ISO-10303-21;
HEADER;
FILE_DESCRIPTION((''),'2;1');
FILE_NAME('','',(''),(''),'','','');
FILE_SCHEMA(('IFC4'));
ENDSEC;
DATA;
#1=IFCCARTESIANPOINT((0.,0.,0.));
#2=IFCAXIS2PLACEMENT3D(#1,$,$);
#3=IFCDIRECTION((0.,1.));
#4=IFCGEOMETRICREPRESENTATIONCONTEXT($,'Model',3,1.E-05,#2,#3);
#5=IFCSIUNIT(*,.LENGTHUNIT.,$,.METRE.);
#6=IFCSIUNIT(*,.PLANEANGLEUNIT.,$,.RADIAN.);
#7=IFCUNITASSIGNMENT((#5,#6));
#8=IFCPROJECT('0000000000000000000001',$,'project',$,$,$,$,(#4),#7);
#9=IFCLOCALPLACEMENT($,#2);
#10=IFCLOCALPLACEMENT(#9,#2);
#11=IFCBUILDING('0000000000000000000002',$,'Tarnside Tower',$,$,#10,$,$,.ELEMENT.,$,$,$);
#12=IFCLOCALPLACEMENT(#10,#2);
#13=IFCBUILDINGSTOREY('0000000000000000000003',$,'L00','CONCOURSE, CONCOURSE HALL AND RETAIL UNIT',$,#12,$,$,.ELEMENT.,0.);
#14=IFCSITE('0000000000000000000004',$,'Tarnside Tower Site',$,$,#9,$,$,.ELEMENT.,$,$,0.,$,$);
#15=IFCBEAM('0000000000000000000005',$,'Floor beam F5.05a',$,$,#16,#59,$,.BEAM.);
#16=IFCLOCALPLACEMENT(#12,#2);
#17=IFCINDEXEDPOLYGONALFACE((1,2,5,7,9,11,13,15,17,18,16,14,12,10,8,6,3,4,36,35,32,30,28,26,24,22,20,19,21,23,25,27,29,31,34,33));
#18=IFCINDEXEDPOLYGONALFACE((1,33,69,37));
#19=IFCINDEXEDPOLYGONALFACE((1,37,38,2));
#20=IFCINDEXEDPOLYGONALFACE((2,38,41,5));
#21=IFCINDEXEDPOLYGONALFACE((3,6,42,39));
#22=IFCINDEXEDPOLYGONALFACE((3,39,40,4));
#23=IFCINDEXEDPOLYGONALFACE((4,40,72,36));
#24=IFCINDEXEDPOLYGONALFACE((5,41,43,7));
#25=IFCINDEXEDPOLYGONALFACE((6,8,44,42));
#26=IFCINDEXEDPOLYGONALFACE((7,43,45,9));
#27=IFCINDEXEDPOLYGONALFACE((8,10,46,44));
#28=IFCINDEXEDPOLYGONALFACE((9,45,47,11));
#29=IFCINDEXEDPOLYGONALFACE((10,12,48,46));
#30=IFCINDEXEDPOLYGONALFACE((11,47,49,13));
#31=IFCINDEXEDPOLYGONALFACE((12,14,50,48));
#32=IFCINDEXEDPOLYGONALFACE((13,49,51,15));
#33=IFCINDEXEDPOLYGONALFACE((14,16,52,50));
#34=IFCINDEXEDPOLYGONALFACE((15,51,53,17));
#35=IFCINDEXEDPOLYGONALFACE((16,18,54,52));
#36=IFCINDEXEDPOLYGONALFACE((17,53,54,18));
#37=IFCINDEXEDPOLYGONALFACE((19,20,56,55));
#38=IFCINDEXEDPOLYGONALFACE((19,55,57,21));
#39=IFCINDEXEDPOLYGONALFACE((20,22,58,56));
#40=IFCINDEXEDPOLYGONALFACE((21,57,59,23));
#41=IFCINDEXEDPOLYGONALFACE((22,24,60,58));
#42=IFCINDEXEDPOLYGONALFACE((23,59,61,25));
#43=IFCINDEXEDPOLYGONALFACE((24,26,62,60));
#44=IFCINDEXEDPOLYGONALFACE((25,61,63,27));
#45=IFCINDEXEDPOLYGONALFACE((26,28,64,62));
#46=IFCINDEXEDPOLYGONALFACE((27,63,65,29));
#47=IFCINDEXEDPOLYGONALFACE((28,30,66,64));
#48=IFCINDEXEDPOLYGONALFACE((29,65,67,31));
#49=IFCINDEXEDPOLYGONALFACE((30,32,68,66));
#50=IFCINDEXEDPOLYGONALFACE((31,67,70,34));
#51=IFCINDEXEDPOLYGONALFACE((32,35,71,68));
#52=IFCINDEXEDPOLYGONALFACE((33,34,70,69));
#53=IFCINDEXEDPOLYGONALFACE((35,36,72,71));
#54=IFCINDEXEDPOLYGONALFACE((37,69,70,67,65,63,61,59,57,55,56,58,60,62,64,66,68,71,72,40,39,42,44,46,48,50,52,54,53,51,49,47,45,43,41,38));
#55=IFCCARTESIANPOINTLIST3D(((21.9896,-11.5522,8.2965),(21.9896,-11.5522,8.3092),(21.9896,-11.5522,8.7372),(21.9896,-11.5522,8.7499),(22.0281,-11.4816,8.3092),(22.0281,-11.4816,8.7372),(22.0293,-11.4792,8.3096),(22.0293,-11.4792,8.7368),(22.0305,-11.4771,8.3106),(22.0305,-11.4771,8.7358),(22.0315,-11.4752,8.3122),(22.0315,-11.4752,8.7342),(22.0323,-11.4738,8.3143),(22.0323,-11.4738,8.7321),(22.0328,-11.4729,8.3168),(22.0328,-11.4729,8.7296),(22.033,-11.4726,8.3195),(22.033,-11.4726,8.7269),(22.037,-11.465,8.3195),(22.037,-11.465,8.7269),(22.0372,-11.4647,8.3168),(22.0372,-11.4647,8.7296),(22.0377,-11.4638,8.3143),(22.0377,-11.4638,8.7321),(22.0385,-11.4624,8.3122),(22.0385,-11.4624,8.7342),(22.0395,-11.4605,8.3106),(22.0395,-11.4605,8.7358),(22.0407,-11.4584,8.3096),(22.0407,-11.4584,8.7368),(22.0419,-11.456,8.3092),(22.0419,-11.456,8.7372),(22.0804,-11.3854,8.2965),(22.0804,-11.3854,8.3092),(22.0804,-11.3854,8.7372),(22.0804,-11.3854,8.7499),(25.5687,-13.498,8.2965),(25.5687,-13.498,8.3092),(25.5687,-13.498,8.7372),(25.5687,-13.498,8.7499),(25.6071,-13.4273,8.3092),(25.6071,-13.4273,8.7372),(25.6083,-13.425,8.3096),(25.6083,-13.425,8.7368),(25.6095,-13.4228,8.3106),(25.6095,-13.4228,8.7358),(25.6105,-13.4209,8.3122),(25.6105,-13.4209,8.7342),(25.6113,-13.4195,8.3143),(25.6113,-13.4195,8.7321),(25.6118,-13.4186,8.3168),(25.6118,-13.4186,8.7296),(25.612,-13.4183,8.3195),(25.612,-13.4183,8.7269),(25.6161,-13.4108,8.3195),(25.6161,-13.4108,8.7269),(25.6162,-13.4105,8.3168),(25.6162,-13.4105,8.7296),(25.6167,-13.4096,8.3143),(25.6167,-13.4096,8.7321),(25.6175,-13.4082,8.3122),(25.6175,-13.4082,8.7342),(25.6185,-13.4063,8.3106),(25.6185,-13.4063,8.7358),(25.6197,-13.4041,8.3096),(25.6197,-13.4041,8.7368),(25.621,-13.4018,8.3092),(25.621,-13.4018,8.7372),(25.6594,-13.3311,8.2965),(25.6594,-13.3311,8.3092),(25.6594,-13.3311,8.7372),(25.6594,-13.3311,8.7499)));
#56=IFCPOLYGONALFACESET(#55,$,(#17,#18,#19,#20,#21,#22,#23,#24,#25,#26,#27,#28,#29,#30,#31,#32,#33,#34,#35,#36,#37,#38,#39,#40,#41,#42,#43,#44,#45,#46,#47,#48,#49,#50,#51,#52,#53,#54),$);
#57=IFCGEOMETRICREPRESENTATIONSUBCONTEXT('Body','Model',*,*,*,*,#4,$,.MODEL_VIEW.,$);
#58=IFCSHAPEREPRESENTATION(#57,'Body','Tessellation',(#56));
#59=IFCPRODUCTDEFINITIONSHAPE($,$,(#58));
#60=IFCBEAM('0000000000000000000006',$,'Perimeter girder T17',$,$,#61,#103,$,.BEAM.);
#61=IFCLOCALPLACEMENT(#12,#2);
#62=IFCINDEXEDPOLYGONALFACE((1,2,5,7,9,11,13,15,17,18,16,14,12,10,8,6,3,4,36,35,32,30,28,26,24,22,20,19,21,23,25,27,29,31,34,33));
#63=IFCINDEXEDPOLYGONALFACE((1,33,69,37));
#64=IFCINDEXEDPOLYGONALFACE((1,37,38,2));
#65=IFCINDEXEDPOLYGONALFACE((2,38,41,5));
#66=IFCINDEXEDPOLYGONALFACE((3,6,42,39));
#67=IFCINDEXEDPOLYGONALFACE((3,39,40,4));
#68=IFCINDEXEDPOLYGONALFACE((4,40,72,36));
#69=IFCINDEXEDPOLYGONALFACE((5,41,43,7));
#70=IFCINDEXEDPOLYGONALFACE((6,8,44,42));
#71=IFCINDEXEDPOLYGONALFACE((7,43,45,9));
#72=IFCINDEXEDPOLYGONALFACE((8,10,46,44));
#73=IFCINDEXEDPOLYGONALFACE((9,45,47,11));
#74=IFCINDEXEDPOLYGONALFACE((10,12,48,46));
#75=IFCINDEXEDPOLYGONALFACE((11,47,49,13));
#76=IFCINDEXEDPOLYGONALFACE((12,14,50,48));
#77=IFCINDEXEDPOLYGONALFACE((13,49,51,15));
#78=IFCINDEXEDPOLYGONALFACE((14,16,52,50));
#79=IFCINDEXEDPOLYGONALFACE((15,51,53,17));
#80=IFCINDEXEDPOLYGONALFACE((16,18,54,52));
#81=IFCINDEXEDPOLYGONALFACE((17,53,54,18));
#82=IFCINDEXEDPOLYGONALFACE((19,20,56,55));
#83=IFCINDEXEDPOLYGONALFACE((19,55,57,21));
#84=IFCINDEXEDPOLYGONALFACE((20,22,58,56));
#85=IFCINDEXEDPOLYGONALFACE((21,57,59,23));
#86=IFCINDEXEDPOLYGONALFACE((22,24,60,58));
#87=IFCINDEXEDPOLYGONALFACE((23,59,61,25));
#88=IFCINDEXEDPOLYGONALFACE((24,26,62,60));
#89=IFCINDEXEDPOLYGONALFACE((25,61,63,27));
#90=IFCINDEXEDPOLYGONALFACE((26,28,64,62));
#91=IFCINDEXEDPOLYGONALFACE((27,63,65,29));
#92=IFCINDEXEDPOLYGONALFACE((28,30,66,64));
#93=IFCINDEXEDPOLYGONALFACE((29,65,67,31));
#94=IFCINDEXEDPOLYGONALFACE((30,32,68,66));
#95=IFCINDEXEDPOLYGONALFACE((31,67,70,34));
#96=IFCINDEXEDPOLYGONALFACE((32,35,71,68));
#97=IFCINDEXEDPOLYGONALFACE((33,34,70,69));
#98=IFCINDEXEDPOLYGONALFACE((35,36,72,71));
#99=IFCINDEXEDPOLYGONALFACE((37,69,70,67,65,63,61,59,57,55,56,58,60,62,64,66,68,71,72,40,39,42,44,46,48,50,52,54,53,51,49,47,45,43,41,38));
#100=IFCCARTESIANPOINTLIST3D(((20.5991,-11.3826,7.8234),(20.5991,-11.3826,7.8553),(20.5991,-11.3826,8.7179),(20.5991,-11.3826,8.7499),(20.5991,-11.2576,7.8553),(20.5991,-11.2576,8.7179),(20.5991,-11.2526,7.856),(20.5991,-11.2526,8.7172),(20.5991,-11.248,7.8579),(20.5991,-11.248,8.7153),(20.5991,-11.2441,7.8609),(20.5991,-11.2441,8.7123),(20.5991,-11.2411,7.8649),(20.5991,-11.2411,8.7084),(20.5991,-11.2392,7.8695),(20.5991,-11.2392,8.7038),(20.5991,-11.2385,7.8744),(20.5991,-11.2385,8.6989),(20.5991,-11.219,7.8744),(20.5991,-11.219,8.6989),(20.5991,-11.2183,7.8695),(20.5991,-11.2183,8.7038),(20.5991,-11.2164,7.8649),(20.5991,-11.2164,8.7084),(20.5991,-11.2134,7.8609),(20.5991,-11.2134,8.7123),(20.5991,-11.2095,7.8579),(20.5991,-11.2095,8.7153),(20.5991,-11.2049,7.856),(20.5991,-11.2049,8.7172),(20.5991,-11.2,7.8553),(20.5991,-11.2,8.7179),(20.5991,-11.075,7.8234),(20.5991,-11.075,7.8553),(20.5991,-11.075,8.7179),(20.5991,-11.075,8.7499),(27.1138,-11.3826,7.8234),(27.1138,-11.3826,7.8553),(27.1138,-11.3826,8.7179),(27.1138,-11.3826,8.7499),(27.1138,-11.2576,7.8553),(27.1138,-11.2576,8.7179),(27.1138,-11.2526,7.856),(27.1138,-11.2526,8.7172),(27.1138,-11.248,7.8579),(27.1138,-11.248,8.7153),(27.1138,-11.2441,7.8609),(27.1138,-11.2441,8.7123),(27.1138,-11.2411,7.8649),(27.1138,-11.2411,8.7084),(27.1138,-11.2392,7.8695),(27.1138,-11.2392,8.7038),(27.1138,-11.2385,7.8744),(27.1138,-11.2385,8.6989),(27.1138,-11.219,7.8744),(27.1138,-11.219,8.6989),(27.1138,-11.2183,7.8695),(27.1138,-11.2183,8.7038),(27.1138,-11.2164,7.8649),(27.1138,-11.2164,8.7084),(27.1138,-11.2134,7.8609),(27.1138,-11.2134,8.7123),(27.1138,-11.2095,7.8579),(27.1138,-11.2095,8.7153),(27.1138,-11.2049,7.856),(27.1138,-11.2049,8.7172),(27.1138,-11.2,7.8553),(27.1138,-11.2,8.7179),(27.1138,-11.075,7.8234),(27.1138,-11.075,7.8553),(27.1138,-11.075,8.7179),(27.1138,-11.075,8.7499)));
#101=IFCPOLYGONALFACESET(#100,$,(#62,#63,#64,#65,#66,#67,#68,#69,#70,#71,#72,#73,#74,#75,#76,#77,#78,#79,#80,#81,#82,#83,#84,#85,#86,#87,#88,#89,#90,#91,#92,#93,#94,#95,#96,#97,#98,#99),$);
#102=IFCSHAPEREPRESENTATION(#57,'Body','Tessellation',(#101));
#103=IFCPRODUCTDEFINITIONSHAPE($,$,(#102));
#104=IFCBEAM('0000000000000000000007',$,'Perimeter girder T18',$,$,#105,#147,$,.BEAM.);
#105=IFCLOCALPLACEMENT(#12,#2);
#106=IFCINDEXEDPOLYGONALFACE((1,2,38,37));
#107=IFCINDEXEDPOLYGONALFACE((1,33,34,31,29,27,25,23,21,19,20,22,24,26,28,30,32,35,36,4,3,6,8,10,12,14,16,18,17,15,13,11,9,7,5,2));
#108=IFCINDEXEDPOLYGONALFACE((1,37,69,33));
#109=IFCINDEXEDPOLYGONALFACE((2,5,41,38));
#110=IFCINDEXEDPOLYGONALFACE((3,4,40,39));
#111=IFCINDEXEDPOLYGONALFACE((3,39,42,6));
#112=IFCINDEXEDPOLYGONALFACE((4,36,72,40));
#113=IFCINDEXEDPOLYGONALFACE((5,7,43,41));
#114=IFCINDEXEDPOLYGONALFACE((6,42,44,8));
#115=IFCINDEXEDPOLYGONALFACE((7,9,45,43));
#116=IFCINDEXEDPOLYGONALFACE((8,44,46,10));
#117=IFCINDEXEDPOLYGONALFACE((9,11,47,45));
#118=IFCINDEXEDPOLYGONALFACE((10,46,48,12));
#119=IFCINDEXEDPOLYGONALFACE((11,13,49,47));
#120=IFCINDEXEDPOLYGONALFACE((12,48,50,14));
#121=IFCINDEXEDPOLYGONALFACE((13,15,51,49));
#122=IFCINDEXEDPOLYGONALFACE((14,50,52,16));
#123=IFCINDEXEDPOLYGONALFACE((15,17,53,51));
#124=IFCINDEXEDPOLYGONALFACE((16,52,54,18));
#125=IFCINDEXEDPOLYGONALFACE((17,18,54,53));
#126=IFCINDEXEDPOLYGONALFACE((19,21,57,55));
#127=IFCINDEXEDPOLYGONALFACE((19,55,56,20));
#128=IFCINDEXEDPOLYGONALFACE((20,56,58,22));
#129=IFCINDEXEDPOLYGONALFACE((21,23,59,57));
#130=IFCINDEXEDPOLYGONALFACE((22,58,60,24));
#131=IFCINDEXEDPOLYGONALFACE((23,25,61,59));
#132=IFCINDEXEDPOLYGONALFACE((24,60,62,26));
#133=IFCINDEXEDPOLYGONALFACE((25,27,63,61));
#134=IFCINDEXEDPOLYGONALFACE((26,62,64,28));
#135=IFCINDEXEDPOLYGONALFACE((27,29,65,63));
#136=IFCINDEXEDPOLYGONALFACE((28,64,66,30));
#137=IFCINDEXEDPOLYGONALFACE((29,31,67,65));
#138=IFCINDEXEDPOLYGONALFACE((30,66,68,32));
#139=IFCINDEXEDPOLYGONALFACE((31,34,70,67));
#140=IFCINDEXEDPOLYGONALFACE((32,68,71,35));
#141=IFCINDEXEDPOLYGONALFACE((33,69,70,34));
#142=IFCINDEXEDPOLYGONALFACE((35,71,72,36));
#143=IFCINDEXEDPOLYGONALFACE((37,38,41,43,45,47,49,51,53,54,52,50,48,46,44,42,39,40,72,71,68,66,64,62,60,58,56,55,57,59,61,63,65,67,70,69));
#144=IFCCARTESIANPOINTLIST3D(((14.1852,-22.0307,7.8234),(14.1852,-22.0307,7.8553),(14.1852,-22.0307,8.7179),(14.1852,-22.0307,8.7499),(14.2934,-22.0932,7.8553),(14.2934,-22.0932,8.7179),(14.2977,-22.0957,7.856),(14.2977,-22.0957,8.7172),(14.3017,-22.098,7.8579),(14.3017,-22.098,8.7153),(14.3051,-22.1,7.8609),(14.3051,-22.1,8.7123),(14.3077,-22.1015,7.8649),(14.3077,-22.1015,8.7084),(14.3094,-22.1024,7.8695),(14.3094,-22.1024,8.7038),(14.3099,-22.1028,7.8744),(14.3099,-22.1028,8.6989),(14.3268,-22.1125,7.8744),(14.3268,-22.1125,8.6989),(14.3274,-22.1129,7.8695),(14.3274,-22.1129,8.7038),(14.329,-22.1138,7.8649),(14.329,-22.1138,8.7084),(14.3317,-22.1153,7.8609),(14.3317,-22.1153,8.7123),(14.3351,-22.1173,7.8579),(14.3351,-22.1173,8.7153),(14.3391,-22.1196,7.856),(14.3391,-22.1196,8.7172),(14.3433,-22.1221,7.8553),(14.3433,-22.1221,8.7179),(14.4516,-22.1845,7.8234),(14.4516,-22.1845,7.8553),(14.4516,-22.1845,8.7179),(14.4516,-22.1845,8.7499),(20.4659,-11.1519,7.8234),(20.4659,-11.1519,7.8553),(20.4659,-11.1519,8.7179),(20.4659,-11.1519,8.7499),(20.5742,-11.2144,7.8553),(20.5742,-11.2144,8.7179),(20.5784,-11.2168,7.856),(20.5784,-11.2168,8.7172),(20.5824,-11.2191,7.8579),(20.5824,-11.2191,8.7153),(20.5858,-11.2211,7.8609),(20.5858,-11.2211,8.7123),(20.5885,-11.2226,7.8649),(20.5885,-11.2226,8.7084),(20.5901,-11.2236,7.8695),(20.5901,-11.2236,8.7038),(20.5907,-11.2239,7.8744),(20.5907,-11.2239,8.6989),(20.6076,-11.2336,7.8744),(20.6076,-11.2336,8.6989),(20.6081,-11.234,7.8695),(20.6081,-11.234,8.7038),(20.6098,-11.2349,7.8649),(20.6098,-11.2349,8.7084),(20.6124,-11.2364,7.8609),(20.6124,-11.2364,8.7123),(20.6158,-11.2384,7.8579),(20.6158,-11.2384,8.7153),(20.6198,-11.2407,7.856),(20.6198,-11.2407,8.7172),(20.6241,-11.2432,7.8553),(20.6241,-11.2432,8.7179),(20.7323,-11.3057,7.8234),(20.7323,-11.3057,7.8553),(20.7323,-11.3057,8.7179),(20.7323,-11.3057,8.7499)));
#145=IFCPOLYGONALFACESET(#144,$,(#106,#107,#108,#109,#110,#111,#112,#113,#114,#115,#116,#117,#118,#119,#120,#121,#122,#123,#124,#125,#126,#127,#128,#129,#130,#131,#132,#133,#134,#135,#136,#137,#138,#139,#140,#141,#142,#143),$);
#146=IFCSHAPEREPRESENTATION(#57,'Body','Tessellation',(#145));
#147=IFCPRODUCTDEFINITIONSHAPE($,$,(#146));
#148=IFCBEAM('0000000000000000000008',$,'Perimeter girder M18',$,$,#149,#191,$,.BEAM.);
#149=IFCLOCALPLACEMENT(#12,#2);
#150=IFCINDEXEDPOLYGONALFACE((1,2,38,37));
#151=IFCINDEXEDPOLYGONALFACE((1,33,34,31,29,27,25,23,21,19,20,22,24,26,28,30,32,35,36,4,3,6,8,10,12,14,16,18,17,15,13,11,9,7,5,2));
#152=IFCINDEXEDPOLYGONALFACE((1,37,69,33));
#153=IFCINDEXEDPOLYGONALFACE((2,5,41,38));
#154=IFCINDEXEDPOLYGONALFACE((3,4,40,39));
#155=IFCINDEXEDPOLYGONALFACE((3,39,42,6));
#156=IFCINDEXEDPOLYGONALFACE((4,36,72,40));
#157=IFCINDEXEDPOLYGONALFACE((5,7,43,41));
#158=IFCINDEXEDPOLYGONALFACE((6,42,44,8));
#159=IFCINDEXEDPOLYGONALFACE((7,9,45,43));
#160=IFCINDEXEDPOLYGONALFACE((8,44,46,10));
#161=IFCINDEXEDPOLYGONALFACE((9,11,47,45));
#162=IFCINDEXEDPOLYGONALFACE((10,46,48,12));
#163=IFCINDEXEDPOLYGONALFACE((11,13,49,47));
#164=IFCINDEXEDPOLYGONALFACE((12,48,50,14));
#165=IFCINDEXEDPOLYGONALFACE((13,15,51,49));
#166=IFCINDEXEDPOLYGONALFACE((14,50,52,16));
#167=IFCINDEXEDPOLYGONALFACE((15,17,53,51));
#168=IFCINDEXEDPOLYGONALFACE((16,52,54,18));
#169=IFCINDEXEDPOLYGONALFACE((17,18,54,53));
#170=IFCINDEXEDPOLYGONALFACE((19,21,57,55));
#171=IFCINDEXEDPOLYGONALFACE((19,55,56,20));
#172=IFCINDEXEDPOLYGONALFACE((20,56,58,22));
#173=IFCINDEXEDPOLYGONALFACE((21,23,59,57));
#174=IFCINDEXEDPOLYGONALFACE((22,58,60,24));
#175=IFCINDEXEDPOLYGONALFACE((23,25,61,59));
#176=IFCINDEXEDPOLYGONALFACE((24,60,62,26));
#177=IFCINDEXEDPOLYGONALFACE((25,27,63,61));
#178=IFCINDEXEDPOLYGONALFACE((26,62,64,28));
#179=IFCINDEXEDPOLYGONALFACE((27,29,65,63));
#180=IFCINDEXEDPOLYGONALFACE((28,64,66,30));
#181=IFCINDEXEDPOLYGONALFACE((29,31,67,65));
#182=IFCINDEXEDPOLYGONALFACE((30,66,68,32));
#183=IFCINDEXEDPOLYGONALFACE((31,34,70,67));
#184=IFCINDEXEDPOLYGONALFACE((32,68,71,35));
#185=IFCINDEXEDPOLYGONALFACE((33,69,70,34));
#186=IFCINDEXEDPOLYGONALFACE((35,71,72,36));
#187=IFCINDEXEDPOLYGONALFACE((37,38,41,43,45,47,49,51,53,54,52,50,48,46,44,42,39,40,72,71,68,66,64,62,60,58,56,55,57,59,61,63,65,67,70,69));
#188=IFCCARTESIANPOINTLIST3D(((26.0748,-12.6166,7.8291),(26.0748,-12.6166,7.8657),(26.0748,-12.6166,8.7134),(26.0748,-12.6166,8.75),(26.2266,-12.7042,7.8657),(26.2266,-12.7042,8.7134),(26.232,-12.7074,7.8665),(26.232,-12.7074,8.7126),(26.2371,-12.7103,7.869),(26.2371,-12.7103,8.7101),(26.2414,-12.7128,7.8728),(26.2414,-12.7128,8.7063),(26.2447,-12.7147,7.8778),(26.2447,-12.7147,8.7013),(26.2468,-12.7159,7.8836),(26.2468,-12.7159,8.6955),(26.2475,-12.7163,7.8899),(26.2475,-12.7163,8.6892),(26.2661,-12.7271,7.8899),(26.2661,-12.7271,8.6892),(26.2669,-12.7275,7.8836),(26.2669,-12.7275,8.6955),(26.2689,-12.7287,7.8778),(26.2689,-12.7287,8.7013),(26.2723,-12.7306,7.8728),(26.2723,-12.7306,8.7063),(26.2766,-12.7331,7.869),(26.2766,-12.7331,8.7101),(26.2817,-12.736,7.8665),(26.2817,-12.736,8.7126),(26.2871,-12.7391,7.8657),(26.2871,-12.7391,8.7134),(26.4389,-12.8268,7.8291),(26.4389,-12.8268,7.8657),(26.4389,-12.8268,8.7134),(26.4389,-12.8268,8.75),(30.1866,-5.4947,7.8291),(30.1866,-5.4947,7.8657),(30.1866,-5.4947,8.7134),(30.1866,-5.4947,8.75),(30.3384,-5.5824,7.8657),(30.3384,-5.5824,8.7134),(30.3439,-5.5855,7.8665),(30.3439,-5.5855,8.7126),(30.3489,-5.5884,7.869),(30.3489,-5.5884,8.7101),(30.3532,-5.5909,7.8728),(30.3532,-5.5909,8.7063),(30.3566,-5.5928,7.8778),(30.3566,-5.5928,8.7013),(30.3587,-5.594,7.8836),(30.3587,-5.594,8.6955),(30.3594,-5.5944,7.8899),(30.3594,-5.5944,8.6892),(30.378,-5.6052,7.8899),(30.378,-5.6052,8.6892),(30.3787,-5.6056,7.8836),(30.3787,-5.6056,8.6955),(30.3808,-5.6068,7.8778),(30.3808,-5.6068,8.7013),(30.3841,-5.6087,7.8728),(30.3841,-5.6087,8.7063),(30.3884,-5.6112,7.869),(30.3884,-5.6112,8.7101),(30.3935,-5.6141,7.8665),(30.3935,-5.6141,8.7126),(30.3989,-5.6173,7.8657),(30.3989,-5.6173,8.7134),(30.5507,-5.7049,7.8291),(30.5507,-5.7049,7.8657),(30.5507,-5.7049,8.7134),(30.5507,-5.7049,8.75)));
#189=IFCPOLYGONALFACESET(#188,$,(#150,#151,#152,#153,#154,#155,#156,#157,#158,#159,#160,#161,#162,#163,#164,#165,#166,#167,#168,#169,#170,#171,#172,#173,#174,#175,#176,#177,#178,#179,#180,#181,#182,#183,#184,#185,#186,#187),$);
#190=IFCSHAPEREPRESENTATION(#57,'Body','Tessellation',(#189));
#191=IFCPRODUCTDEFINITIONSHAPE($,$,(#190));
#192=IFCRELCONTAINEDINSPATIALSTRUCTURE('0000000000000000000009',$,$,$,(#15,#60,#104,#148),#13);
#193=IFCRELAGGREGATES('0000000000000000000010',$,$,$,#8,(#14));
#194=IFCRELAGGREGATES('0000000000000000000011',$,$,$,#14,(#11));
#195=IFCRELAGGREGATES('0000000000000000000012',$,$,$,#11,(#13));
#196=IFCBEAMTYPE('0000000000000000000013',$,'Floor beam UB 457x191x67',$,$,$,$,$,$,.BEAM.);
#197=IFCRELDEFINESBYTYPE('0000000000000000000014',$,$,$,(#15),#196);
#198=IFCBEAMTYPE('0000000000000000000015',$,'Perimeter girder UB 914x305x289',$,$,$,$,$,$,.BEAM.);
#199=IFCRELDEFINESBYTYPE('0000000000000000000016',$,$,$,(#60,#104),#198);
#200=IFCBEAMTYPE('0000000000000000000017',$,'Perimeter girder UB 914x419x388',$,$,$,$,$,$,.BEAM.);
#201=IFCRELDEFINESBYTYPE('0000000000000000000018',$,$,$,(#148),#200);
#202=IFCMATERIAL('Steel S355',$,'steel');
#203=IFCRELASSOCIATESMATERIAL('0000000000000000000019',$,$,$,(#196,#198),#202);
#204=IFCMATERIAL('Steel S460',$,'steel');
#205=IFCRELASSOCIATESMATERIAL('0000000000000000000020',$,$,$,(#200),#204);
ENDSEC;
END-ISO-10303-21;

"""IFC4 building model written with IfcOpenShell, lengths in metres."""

from ifc_helpers import new_model, si_unit, direction, frame, origin, origin_2d, place, context, subcontext, project, spatial, i_section, extrude, material, material_profile, profile_set, type_object, element, save


model = new_model("IFC4")

# Units and contexts
model_context = context("Model", 3, precision=1e-05, world=origin(), true_north=direction((0.0, 1.0)))
body_context = subcontext(model_context, "Body", "Model", "MODEL_VIEW")
ifc_project = project(units=[si_unit("LENGTHUNIT", "METRE"), si_unit("PLANEANGLEUNIT", "RADIAN")], contexts=[model_context])

# Site, building, storey
site_placement = place(None, origin())
site = spatial("IfcSite", under=ifc_project, at=site_placement, Name="Tarnside Tower Site", CompositionType="ELEMENT", RefElevation=0.0)
building_placement = place(site_placement, origin())
building = spatial("IfcBuilding", under=site, at=building_placement, Name="Tarnside Tower", CompositionType="ELEMENT")
storey_placement = place(building_placement, origin())
storey = spatial("IfcBuildingStorey", under=building, at=storey_placement, Name="L00", Description="CONCOURSE, CONCOURSE HALL AND RETAIL UNIT", CompositionType="ELEMENT", Elevation=0.0)

# Beams
ifc_material_1 = material(Name="Steel S355", Category="steel")
ifc_material_profile_1 = material_profile(ifc_material_1, i_section(OverallWidth=0.1899, OverallDepth=0.4534, WebThickness=0.0085, FlangeThickness=0.0127, FilletRadius=0.0103, at=origin_2d()), Name="UB 457x191x67")
ifc_profile_set_1 = profile_set([ifc_material_profile_1], Name="Steel S355")
beam_type_1 = type_object("IfcBeamType", Name="Floor beam UB 457x191x67", PredefinedType="BEAM", material=ifc_profile_set_1)
beam_1_placement = place(storey_placement, frame((25.614, -13.4146, 8.5232), z_axis=(-0.878559, 0.477634, 0.0), x_axis=(-0.477634, -0.878559, 0.0)))
element("IfcBeam", 1, at=beam_1_placement, inside=storey, type_object=beam_type_1, Name="Floor beam F5.05a", PredefinedType="BEAM", context=body_context, shape_type="SweptSolid", body=[
    extrude(i_section(OverallWidth=0.1899, OverallDepth=0.4534, WebThickness=0.0085, FlangeThickness=0.0127, FilletRadius=0.0103, at=origin_2d()), origin(), (0.0, 0.0, 1.0), 4.0737),
])
ifc_material_profile_2 = material_profile(ifc_material_1, i_section(OverallWidth=0.3076, OverallDepth=0.9265, WebThickness=0.0195, FlangeThickness=0.032, FilletRadius=0.019, at=origin_2d()), Name="UB 914x305x289")
ifc_profile_set_2 = profile_set([ifc_material_profile_2], Name="Steel S355")
beam_type_2 = type_object("IfcBeamType", Name="Perimeter girder UB 914x305x289", PredefinedType="BEAM", material=ifc_profile_set_2)
beam_2_placement = place(storey_placement, frame((27.1138, -11.2288, 8.2866), z_axis=(-1.0, 0.0, 0.0), x_axis=(0.0, -1.0, 0.0)))
element("IfcBeam", 2, at=beam_2_placement, inside=storey, type_object=beam_type_2, Name="Perimeter girder T17", PredefinedType="BEAM", context=body_context, shape_type="SweptSolid", body=[
    extrude(i_section(OverallWidth=0.3076, OverallDepth=0.9265, WebThickness=0.0195, FlangeThickness=0.032, FilletRadius=0.019, at=origin_2d()), origin(), (0.0, 0.0, 1.0), 6.5146),
])
beam_3_placement = place(storey_placement, frame((20.5991, -11.2288, 8.2866), z_axis=(-0.499989, -0.866032, 0.0), x_axis=(0.866032, -0.499989, 0.0)))
element("IfcBeam", 3, at=beam_3_placement, inside=storey, type_object=beam_type_2, Name="Perimeter girder T18", PredefinedType="BEAM", context=body_context, shape_type="SweptSolid", body=[
    extrude(i_section(OverallWidth=0.3076, OverallDepth=0.9265, WebThickness=0.0195, FlangeThickness=0.032, FilletRadius=0.019, at=origin_2d()), origin(), (0.0, 0.0, 1.0), 12.5618),
])
ifc_material_2 = material(Name="Steel S460", Category="steel")
ifc_material_profile_3 = material_profile(ifc_material_2, i_section(OverallWidth=0.4204, OverallDepth=0.9209, WebThickness=0.0215, FlangeThickness=0.0366, FilletRadius=0.0242, at=origin_2d()), Name="UB 914x419x388")
ifc_profile_set_3 = profile_set([ifc_material_profile_3], Name="Steel S460")
beam_type_3 = type_object("IfcBeamType", Name="Perimeter girder UB 914x419x388", PredefinedType="BEAM", material=ifc_profile_set_3)
beam_4_placement = place(storey_placement, frame((26.2568, -12.7217, 8.2896), z_axis=(0.500003, 0.866024, 0.0), x_axis=(-0.866024, 0.500003, 0.0)))
element("IfcBeam", 4, at=beam_4_placement, inside=storey, type_object=beam_type_3, Name="Perimeter girder M18", PredefinedType="BEAM", context=body_context, shape_type="SweptSolid", body=[
    extrude(i_section(OverallWidth=0.4204, OverallDepth=0.9209, WebThickness=0.0215, FlangeThickness=0.0366, FilletRadius=0.0242, at=origin_2d()), origin(), (0.0, 0.0, 1.0), 8.2236),
])

save(model, "model.ifc")
